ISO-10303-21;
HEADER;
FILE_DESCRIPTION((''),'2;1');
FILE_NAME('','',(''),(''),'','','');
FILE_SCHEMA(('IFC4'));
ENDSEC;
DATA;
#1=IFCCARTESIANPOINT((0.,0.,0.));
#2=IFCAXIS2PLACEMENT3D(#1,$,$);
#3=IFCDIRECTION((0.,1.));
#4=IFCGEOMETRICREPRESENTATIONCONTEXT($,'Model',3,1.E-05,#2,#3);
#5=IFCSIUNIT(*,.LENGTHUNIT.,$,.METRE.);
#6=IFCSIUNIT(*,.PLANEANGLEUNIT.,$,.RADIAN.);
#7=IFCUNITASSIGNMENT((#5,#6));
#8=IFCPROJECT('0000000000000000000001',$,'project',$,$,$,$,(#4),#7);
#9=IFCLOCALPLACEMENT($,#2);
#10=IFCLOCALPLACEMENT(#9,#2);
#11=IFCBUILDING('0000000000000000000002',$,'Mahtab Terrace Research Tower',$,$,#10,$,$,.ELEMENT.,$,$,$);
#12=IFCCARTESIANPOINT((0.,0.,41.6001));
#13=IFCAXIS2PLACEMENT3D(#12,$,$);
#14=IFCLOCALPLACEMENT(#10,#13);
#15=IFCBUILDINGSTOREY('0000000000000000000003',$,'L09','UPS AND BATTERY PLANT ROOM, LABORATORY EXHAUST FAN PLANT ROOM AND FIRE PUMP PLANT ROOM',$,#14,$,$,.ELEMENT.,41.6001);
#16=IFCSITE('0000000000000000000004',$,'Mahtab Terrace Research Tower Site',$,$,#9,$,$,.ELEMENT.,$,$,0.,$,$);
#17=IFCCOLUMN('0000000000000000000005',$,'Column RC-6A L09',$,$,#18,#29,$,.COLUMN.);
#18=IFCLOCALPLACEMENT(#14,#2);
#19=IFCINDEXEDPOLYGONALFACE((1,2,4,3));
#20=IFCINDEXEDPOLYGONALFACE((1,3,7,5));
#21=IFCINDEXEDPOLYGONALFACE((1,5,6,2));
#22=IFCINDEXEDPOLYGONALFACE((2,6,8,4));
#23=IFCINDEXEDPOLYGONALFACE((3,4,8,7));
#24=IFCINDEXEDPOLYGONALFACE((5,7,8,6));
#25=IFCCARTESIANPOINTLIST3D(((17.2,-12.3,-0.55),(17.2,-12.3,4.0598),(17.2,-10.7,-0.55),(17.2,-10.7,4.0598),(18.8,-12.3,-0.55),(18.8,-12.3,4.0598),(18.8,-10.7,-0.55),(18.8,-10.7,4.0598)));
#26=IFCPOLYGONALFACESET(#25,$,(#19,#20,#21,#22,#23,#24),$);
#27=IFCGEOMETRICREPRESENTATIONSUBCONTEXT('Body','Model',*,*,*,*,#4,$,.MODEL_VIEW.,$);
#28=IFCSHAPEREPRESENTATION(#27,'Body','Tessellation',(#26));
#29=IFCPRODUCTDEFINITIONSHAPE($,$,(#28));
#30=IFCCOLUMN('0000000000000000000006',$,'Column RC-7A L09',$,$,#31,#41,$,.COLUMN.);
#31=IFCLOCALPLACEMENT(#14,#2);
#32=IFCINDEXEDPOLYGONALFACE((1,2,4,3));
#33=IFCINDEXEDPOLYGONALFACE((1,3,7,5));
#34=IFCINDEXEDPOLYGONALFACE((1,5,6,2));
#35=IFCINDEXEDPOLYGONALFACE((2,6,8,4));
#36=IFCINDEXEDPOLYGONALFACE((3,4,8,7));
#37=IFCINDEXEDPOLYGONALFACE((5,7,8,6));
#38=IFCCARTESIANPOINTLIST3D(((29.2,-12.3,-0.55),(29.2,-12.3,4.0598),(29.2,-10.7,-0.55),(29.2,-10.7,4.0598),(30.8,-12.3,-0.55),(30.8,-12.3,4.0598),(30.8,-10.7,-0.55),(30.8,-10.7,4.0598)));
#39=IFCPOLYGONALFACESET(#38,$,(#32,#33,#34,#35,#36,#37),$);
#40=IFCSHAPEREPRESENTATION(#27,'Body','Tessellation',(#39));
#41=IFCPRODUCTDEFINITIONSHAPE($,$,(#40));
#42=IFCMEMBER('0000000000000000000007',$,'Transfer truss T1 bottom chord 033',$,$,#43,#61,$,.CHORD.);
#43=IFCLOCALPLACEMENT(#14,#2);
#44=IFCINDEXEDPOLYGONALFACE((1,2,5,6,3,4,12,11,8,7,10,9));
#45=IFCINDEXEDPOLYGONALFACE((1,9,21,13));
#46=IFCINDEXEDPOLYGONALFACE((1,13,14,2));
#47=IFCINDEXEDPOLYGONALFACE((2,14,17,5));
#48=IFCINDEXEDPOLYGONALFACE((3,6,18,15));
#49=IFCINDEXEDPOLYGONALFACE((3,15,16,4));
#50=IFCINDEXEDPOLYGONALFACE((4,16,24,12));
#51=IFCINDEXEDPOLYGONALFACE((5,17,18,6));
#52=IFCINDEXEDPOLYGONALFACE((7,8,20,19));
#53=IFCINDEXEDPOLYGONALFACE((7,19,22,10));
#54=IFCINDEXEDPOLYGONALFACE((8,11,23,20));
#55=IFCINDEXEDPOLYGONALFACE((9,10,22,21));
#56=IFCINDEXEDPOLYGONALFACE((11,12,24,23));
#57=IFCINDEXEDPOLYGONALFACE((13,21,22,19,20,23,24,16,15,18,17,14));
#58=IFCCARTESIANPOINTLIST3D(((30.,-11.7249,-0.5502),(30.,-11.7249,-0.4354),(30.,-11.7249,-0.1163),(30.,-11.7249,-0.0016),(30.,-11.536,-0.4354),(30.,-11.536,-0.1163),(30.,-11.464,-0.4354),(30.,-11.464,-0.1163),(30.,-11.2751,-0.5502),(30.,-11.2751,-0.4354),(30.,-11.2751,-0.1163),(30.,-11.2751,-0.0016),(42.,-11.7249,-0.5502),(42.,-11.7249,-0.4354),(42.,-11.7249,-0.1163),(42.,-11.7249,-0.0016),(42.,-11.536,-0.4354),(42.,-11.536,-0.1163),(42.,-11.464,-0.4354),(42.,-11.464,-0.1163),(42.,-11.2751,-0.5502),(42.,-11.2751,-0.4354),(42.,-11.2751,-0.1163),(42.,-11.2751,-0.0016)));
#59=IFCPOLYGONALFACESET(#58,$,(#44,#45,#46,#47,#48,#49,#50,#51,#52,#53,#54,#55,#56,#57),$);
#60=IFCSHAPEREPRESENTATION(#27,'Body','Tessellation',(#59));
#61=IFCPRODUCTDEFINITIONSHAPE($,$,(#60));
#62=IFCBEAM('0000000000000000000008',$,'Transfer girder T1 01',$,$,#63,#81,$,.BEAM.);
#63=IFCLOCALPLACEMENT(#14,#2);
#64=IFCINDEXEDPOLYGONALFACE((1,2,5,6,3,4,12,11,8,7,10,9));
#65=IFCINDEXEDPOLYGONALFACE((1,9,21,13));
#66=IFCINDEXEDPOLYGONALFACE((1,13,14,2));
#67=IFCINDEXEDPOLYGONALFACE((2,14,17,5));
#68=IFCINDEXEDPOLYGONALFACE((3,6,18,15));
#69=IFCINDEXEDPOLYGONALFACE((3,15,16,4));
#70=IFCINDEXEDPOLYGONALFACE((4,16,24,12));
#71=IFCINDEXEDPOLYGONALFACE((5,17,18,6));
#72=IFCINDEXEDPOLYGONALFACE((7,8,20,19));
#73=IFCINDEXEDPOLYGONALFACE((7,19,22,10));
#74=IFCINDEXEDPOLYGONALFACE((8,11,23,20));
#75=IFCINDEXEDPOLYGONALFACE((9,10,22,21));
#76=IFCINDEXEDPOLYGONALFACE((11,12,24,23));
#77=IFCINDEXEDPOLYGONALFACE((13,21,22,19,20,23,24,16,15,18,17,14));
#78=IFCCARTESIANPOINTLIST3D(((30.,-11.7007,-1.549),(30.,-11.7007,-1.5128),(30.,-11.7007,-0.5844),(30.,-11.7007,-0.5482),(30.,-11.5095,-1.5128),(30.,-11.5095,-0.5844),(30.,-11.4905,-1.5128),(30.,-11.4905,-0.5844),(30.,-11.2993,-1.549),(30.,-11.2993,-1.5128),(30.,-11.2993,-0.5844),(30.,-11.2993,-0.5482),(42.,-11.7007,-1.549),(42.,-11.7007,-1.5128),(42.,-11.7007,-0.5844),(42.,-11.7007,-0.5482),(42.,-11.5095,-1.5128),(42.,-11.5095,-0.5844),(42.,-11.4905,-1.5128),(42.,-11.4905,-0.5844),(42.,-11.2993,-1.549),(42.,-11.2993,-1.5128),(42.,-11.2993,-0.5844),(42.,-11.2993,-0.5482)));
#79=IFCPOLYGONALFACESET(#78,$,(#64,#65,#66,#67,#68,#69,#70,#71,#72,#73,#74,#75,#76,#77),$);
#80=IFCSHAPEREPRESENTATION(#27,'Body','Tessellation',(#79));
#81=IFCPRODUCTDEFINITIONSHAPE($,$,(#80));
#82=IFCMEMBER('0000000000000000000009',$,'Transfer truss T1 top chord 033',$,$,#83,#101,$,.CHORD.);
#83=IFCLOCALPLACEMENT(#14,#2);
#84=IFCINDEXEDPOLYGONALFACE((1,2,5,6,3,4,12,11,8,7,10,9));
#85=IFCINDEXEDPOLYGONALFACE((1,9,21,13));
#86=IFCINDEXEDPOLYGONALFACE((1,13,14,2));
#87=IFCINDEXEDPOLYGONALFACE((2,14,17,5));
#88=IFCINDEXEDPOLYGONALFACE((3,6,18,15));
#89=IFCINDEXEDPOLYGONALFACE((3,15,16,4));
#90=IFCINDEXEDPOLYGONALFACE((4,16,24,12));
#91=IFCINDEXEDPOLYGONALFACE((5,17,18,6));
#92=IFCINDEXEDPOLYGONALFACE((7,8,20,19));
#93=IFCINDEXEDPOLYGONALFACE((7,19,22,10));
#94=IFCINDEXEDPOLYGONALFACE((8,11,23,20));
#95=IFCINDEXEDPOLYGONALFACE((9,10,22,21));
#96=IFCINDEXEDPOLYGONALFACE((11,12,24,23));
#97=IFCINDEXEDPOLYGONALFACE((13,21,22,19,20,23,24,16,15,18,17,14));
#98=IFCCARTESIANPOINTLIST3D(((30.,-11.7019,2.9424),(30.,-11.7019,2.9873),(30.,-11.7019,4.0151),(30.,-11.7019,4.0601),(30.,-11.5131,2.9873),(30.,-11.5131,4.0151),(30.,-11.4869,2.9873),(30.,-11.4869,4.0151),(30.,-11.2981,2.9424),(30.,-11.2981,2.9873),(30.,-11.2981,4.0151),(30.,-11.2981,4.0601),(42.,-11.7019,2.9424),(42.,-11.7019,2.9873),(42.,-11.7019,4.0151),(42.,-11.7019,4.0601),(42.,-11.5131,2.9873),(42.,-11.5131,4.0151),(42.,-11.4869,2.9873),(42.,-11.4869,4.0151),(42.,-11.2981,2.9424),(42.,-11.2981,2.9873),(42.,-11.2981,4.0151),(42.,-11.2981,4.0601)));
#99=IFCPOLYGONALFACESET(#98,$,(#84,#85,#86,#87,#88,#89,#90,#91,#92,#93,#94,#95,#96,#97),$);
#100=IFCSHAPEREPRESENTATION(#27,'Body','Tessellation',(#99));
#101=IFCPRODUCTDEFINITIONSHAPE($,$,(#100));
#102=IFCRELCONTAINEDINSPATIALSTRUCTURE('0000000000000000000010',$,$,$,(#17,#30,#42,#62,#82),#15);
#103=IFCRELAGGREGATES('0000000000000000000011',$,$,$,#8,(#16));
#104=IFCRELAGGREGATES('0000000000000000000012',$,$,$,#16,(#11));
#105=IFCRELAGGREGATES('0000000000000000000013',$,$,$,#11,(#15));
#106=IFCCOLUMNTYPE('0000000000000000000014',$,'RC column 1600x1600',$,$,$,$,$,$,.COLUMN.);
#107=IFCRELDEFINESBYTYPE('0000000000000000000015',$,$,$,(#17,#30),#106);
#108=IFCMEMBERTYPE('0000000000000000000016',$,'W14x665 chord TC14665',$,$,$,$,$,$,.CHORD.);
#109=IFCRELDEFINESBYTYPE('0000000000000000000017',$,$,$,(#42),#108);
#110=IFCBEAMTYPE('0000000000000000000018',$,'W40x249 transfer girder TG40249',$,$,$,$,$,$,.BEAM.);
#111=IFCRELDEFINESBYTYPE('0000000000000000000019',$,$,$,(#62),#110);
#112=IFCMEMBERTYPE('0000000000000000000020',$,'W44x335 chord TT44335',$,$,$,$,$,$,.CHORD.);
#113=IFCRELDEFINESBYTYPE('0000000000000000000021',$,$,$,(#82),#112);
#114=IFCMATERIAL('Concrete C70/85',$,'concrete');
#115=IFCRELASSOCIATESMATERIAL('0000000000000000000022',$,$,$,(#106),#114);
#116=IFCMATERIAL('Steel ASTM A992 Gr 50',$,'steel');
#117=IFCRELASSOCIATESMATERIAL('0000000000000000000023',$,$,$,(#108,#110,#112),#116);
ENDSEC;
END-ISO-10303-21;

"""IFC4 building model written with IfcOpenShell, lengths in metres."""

from ifc_helpers import new_model, si_unit, direction, frame, origin, origin_2d, place, context, subcontext, project, spatial, rectangle, i_section, extrude, material, material_profile, profile_set, type_object, element, save


model = new_model("IFC4")

# Units and contexts
model_context = context("Model", 3, precision=1e-05, world=origin(), true_north=direction((0.0, 1.0)))
body_context = subcontext(model_context, "Body", "Model", "MODEL_VIEW")
ifc_project = project(units=[si_unit("LENGTHUNIT", "METRE"), si_unit("PLANEANGLEUNIT", "RADIAN")], contexts=[model_context])

# Site, building, storey
site_placement = place(None, origin())
site = spatial("IfcSite", under=ifc_project, at=site_placement, Name="Mahtab Terrace Research Tower Site", CompositionType="ELEMENT", RefElevation=0.0)
building_placement = place(site_placement, origin())
building = spatial("IfcBuilding", under=site, at=building_placement, Name="Mahtab Terrace Research Tower", CompositionType="ELEMENT")
storey_placement = place(building_placement, frame((0.0, 0.0, 41.6001)))
storey = spatial("IfcBuildingStorey", under=building, at=storey_placement, Name="L09", Description="UPS AND BATTERY PLANT ROOM, LABORATORY EXHAUST FAN PLANT ROOM AND FIRE PUMP PLANT ROOM", CompositionType="ELEMENT", Elevation=41.6001)

# Columns
ifc_material_1 = material(Name="Concrete C70/85", Category="concrete")
ifc_material_profile_1 = material_profile(ifc_material_1, rectangle(XDim=1.6001, YDim=1.6001, at=origin_2d()), Name="RC column 1600x1600")
ifc_profile_set_1 = profile_set([ifc_material_profile_1], Name="Concrete C70/85")
column_type = type_object("IfcColumnType", Name="RC column 1600x1600", PredefinedType="COLUMN", material=ifc_profile_set_1)
for number, where, z_axis, x_axis, name in (
    (1, (18.0, -11.5, -0.55), (0.0, 0.0, 1.0), (1.0, 0.0, 0.0), "Column RC-6A L09"),
    (2, (30.0, -11.5, -0.55), (0.0, 0.0, 1.0), (1.0, 0.0, 0.0), "Column RC-7A L09"),
):
    element("IfcColumn", number, at=place(storey_placement, frame(where, z_axis=z_axis, x_axis=x_axis)), inside=storey, type_object=column_type, Name=name, PredefinedType="COLUMN", context=body_context, shape_type="SweptSolid", body=[
        extrude(rectangle(XDim=1.6001, YDim=1.6001, at=origin_2d()), origin(), (0.0, 0.0, 1.0), 4.6099),
    ])

# Member
ifc_material_2 = material(Name="Steel ASTM A992 Gr 50", Category="steel")
ifc_material_profile_2 = material_profile(ifc_material_2, i_section(OverallWidth=0.4497, OverallDepth=0.5486, WebThickness=0.072, FlangeThickness=0.1147, at=origin_2d()), Name="W14X665")
ifc_profile_set_2 = profile_set([ifc_material_profile_2], Name="Steel ASTM A992 Gr 50")
member_type_1 = type_object("IfcMemberType", Name="W14x665 chord TC14665", PredefinedType="CHORD", material=ifc_profile_set_2)
member_1_placement = place(storey_placement, frame((30.0, -11.5, -0.2759), z_axis=(1.0, 0.0, 0.0), x_axis=(0.0, 1.0, 0.0)))
element("IfcMember", 3, at=member_1_placement, inside=storey, type_object=member_type_1, Name="Transfer truss T1 bottom chord 033", PredefinedType="CHORD", context=body_context, shape_type="SweptSolid", body=[
    extrude(i_section(OverallWidth=0.4497, OverallDepth=0.5486, WebThickness=0.072, FlangeThickness=0.1147, at=origin_2d()), origin(), (0.0, 0.0, 1.0), 12.0),
])

# Beam
ifc_material_profile_3 = material_profile(ifc_material_2, i_section(OverallWidth=0.4014, OverallDepth=1.0007, WebThickness=0.019, FlangeThickness=0.0361, at=origin_2d()), Name="W40X249")
ifc_profile_set_3 = profile_set([ifc_material_profile_3], Name="Steel ASTM A992 Gr 50")
beam_type = type_object("IfcBeamType", Name="W40x249 transfer girder TG40249", PredefinedType="BEAM", material=ifc_profile_set_3)
beam_placement = place(storey_placement, frame((30.0, -11.5, -1.0486), z_axis=(1.0, 0.0, 0.0), x_axis=(0.0, 1.0, 0.0)))
element("IfcBeam", 4, at=beam_placement, inside=storey, type_object=beam_type, Name="Transfer girder T1 01", PredefinedType="BEAM", context=body_context, shape_type="SweptSolid", body=[
    extrude(i_section(OverallWidth=0.4014, OverallDepth=1.0007, WebThickness=0.019, FlangeThickness=0.0361, at=origin_2d()), origin(), (0.0, 0.0, 1.0), 12.0),
])

# Member
ifc_material_profile_4 = material_profile(ifc_material_2, i_section(OverallWidth=0.4038, OverallDepth=1.1177, WebThickness=0.0261, FlangeThickness=0.0449, at=origin_2d()), Name="W44X335")
ifc_profile_set_4 = profile_set([ifc_material_profile_4], Name="Steel ASTM A992 Gr 50")
member_type_2 = type_object("IfcMemberType", Name="W44x335 chord TT44335", PredefinedType="CHORD", material=ifc_profile_set_4)
member_2_placement = place(storey_placement, frame((30.0, -11.5, 3.5012), z_axis=(1.0, 0.0, 0.0), x_axis=(0.0, 1.0, 0.0)))
element("IfcMember", 5, at=member_2_placement, inside=storey, type_object=member_type_2, Name="Transfer truss T1 top chord 033", PredefinedType="CHORD", context=body_context, shape_type="SweptSolid", body=[
    extrude(i_section(OverallWidth=0.4038, OverallDepth=1.1177, WebThickness=0.0261, FlangeThickness=0.0449, at=origin_2d()), origin(), (0.0, 0.0, 1.0), 12.0),
])

save(model, "model.ifc")
